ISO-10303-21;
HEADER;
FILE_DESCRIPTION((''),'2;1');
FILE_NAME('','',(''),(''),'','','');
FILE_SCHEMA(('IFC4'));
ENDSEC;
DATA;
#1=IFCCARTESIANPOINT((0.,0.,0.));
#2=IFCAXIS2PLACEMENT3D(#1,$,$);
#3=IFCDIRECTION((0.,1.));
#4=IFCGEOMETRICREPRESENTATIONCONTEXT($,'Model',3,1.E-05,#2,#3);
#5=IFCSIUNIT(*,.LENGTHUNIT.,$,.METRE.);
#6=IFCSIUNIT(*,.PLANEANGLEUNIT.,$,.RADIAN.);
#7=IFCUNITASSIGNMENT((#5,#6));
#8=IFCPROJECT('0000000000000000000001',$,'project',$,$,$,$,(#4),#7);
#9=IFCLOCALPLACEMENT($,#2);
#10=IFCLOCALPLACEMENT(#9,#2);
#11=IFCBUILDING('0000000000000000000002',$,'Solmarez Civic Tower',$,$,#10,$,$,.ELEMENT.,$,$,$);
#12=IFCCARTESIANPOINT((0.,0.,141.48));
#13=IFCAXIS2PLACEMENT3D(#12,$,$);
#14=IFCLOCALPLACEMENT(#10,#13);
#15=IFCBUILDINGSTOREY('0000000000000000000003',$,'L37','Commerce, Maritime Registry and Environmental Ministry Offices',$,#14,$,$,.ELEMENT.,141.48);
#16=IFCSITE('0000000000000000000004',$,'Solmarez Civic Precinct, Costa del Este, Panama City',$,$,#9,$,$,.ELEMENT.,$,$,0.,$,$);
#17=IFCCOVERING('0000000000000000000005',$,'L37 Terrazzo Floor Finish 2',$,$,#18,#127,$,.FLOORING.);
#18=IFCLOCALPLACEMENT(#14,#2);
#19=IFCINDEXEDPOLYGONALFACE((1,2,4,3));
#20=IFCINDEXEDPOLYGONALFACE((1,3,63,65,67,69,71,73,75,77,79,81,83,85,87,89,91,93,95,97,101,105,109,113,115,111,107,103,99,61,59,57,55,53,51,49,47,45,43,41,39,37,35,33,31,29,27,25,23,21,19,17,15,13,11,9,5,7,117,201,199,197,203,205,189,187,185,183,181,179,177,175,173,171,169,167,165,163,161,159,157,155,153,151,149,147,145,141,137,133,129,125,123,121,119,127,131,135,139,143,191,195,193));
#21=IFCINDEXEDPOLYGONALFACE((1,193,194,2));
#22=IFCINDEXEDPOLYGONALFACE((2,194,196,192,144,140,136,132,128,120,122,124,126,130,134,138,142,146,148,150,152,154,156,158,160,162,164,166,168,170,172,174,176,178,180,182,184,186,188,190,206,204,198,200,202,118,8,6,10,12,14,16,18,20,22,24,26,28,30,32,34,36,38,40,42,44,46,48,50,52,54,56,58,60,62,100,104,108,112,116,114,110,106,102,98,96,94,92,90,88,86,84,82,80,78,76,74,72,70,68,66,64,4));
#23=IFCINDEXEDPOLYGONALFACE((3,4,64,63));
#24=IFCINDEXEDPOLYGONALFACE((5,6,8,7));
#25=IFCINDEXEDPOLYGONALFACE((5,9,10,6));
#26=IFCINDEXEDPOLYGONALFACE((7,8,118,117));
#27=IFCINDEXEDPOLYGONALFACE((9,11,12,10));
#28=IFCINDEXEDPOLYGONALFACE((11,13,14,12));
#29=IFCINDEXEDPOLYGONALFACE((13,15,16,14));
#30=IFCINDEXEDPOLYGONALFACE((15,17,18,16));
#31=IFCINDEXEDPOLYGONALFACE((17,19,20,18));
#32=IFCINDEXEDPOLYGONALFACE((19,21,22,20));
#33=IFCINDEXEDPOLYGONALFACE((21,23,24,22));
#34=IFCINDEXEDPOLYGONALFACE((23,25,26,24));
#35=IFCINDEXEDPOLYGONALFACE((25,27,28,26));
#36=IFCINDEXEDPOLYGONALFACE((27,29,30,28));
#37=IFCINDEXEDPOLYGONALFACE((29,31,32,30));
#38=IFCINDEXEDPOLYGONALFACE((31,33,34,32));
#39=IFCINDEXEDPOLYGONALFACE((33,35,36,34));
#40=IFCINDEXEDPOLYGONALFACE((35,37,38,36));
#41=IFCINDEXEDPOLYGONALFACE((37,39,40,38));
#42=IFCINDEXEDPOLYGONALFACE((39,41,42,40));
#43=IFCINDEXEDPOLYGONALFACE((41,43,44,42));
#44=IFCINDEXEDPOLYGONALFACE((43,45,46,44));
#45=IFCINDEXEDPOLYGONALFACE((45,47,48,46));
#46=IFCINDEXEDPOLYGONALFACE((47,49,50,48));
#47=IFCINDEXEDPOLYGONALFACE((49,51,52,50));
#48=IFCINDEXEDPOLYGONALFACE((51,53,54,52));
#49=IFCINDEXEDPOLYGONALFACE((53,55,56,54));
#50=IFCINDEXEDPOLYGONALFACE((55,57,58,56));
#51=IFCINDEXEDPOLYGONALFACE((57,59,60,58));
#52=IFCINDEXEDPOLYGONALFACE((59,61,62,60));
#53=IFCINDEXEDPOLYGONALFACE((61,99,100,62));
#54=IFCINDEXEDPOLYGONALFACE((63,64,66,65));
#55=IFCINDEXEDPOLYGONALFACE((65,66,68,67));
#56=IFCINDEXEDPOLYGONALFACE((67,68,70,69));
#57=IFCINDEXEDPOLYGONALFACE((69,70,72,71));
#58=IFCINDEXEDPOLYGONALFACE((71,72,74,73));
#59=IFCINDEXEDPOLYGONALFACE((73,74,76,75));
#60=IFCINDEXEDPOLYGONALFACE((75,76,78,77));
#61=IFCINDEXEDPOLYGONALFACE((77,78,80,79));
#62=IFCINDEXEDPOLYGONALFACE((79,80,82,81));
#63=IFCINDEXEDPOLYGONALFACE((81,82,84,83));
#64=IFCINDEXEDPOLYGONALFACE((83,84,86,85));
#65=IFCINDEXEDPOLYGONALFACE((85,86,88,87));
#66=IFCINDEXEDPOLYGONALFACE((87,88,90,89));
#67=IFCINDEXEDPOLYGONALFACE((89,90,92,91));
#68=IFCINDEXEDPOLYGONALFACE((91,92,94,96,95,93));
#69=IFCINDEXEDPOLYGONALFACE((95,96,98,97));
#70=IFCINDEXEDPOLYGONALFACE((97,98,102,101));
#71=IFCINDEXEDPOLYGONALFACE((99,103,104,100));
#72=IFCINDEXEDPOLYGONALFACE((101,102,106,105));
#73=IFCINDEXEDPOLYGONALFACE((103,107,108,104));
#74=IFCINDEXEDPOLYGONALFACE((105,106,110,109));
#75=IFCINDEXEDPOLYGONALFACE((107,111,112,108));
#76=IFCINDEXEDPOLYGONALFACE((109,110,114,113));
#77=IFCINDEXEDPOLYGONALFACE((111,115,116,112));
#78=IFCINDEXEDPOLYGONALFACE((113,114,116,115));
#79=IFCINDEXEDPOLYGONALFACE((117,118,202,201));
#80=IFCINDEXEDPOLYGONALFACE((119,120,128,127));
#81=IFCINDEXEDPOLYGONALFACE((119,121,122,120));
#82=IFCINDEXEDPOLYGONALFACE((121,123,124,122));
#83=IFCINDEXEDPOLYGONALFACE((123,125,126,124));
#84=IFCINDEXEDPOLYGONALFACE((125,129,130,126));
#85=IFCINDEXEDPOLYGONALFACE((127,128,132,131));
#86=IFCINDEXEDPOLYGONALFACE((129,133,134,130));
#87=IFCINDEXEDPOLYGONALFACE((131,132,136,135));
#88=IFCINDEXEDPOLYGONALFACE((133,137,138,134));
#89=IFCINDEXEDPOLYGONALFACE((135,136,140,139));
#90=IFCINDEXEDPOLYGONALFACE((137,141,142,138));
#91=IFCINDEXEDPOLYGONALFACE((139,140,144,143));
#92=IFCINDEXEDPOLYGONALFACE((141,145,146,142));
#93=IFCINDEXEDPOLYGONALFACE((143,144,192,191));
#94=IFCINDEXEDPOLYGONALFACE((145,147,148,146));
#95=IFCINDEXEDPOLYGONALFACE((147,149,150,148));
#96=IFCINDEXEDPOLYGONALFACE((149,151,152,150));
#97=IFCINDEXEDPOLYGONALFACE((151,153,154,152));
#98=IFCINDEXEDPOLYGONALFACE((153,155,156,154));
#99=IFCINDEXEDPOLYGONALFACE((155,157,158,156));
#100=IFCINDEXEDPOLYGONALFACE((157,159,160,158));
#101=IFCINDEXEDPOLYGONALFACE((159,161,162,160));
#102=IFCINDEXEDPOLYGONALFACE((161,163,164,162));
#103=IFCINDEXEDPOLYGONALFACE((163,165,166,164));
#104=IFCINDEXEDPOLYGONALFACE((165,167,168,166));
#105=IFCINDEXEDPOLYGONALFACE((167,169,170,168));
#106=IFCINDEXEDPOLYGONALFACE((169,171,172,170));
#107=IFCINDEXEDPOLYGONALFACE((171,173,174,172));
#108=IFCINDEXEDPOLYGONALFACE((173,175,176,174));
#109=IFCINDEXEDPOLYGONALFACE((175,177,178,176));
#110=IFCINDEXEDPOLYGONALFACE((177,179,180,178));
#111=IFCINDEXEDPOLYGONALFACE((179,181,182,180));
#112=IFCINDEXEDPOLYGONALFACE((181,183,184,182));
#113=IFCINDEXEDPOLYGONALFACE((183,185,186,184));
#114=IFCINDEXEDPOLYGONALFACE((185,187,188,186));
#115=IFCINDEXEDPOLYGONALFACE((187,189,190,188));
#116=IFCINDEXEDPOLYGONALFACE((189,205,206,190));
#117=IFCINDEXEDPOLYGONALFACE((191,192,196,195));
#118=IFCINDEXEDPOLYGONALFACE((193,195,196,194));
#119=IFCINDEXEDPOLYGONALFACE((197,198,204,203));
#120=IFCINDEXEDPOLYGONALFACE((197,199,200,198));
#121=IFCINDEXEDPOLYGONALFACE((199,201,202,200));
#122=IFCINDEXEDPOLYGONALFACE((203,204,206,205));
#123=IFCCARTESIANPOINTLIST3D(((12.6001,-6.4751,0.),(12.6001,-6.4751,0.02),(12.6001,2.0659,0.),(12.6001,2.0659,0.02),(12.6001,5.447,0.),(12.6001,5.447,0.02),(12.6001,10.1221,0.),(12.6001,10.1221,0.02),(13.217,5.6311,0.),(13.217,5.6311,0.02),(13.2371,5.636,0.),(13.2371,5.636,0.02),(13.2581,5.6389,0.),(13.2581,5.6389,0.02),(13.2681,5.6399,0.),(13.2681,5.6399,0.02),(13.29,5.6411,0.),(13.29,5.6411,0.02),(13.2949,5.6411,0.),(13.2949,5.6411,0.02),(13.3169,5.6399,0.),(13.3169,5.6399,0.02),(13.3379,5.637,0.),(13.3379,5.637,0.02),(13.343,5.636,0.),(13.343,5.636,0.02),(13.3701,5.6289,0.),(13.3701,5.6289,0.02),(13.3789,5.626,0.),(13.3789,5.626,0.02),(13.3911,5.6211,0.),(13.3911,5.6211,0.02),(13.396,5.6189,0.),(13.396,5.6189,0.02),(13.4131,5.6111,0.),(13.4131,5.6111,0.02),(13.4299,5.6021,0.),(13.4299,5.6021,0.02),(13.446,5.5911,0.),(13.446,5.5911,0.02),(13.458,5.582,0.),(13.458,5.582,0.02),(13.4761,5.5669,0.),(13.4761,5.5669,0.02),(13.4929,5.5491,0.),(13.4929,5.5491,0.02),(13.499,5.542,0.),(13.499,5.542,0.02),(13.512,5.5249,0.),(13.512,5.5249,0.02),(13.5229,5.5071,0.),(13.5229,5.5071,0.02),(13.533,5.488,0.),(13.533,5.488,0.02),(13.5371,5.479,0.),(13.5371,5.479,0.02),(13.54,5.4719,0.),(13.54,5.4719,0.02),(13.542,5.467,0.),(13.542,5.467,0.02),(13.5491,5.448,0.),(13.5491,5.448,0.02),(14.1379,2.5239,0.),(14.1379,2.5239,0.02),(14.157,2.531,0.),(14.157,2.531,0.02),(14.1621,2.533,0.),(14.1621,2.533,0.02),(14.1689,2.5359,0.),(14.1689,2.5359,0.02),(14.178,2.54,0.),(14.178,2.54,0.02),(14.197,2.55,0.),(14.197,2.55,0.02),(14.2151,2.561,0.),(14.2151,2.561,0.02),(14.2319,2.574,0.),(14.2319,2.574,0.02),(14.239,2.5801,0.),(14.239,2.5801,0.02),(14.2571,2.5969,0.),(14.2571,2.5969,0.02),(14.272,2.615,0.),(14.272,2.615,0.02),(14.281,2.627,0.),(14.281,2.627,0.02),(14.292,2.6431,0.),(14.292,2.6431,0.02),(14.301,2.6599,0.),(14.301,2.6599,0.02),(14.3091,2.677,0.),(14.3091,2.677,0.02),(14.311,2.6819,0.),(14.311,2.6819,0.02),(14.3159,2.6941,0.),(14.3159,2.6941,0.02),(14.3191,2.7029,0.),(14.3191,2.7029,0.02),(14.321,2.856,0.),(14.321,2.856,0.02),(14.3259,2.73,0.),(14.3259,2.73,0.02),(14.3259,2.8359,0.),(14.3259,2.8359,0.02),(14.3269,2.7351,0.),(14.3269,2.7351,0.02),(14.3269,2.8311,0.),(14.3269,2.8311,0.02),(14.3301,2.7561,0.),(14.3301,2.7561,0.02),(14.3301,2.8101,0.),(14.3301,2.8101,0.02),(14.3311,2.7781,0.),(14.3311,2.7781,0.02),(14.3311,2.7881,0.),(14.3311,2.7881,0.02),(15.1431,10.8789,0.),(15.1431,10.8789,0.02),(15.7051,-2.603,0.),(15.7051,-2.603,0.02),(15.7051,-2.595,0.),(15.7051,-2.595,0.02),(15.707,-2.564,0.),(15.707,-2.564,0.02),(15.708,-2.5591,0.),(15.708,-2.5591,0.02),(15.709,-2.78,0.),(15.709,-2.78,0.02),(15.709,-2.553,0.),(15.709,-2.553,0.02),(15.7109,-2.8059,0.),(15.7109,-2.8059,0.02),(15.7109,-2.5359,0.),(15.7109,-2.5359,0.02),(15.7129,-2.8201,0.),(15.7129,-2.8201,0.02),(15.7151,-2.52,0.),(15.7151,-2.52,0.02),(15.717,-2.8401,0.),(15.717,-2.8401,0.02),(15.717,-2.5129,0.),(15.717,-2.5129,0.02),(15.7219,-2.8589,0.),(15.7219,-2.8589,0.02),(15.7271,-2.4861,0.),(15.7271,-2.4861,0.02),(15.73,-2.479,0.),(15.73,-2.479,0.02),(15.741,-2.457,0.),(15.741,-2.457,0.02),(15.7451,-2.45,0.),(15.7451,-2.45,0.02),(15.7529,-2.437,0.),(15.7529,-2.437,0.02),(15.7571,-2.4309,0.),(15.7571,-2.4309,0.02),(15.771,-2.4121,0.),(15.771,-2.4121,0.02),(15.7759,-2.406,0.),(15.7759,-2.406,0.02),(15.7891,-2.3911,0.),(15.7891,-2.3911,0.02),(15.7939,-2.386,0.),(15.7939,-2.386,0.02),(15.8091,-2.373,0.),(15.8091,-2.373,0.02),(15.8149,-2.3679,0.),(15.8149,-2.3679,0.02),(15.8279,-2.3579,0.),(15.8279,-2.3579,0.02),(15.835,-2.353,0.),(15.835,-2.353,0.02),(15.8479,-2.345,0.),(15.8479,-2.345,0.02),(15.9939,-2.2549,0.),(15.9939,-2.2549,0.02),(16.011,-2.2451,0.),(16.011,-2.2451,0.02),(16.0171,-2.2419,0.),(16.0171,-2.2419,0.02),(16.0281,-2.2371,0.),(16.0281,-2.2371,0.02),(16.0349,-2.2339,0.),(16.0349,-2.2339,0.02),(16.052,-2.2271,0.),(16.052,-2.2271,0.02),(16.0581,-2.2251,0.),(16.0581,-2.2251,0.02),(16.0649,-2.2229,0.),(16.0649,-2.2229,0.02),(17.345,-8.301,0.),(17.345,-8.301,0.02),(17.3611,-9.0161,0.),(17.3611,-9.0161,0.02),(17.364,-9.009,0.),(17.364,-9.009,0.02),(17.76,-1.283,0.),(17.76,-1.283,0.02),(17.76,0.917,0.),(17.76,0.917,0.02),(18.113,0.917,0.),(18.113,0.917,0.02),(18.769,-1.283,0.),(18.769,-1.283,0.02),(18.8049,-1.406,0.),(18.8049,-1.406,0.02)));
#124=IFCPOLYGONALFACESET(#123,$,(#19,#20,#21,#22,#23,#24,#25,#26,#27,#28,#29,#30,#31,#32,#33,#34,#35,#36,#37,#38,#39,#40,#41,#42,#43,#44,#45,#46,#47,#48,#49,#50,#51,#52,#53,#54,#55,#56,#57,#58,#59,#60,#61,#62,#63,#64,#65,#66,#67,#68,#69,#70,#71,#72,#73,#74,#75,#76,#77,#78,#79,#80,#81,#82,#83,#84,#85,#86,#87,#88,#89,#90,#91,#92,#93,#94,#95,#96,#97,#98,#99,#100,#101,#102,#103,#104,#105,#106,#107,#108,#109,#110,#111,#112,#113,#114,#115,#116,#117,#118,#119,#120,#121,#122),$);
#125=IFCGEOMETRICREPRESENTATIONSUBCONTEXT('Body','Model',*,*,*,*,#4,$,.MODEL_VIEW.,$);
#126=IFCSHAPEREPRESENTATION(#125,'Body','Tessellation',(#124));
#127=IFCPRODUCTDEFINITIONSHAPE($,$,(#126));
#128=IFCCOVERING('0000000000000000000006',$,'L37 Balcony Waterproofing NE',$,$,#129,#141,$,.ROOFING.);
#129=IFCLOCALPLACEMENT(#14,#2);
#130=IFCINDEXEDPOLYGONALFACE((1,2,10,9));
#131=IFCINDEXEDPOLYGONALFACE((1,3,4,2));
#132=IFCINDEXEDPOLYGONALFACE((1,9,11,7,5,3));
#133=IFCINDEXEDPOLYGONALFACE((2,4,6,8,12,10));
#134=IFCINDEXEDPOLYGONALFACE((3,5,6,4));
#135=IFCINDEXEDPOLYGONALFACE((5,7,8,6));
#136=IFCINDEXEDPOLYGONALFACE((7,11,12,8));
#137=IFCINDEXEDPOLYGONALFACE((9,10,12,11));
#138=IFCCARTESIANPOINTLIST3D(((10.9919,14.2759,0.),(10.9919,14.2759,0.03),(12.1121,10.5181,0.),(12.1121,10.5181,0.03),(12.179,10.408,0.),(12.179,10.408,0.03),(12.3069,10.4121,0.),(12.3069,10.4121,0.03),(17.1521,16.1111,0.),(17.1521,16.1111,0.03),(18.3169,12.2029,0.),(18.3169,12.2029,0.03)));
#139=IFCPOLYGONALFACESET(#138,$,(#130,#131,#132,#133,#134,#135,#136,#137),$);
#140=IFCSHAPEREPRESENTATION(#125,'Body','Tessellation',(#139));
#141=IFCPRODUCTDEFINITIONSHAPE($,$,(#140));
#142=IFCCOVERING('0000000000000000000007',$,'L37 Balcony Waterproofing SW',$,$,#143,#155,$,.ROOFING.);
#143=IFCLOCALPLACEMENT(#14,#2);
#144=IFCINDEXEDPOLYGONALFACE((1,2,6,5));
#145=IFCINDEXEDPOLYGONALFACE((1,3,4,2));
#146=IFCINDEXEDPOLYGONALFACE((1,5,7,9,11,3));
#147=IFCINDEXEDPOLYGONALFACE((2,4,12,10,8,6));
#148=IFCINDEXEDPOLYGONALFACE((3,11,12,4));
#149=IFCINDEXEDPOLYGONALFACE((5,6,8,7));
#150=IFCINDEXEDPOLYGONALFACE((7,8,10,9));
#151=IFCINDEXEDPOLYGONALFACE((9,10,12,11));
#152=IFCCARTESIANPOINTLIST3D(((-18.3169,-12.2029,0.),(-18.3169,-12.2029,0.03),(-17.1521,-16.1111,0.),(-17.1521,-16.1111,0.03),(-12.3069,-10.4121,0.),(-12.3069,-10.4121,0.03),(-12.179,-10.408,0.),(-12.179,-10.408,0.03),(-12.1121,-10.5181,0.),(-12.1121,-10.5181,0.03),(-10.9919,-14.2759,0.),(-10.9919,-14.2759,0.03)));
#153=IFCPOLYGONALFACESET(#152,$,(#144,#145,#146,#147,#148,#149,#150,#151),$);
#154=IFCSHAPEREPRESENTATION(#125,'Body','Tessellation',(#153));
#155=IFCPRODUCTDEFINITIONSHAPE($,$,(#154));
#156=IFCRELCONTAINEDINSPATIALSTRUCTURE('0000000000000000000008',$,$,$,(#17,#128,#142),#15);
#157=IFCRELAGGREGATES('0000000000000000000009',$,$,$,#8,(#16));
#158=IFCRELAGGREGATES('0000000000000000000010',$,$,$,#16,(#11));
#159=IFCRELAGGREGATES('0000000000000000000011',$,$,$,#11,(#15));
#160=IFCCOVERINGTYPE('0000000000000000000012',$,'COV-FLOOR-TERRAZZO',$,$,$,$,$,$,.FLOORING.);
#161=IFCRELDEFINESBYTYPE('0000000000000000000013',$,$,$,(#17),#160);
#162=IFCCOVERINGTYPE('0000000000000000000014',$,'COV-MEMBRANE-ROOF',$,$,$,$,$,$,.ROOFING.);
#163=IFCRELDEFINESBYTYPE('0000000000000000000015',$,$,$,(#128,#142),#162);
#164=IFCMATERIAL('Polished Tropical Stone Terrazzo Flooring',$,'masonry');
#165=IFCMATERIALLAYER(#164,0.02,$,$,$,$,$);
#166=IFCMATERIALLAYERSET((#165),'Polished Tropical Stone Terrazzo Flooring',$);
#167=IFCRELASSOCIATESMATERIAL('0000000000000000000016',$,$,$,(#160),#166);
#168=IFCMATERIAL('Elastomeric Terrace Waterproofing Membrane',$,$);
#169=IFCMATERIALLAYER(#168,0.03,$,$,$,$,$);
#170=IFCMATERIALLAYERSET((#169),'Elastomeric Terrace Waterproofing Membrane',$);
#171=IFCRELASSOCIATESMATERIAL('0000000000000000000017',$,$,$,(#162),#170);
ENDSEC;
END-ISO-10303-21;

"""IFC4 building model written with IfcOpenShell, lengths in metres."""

from ifc_helpers import new_model, si_unit, direction, frame, origin, place, context, subcontext, project, spatial, polyline, outline, extrude, material, layer, layer_set, type_object, element, save


model = new_model("IFC4")

# Units and contexts
model_context = context("Model", 3, precision=1e-05, world=origin(), true_north=direction((0.0, 1.0)))
body_context = subcontext(model_context, "Body", "Model", "MODEL_VIEW")
ifc_project = project(units=[si_unit("LENGTHUNIT", "METRE"), si_unit("PLANEANGLEUNIT", "RADIAN")], contexts=[model_context])

# Site, building, storey
site_placement = place(None, origin())
site = spatial("IfcSite", under=ifc_project, at=site_placement, Name="Solmarez Civic Precinct, Costa del Este, Panama City", CompositionType="ELEMENT", RefElevation=0.0)
building_placement = place(site_placement, origin())
building = spatial("IfcBuilding", under=site, at=building_placement, Name="Solmarez Civic Tower", CompositionType="ELEMENT")
storey_placement = place(building_placement, frame((0.0, 0.0, 141.48)))
storey = spatial("IfcBuildingStorey", under=building, at=storey_placement, Name="L37", Description="Commerce, Maritime Registry and Environmental Ministry Offices", CompositionType="ELEMENT", Elevation=141.48)

# Coverings
ifc_material_1 = material(Name="Polished Tropical Stone Terrazzo Flooring", Category="masonry")
ifc_layer_1 = layer(ifc_material_1, 0.02)
ifc_layer_set_1 = layer_set([ifc_layer_1], Name="Polished Tropical Stone Terrazzo Flooring")
covering_type_1 = type_object("IfcCoveringType", Name="COV-FLOOR-TERRAZZO", PredefinedType="FLOORING", material=ifc_layer_set_1)
covering_1_placement = place(storey_placement, origin())
element("IfcCovering", 1, at=covering_1_placement, inside=storey, type_object=covering_type_1, Name="L37 Terrazzo Floor Finish 2", PredefinedType="FLOORING", context=body_context, shape_type="SweptSolid", body=[
    extrude(outline(polyline([(12.6001, 10.1221), (12.6001, 5.447), (13.217, 5.6311), (13.2371, 5.636), (13.2581, 5.6389), (13.2681, 5.6399), (13.29, 5.6411), (13.2949, 5.6411), (13.3169, 5.6399), (13.3379, 5.637), (13.343, 5.636), (13.3701, 5.6289), (13.3789, 5.626), (13.3911, 5.6211), (13.396, 5.6189), (13.4131, 5.6111), (13.4299, 5.6021), (13.446, 5.5911), (13.458, 5.582), (13.4761, 5.5669), (13.4929, 5.5491), (13.499, 5.542), (13.512, 5.5249), (13.5229, 5.5071), (13.533, 5.488), (13.5371, 5.479), (13.54, 5.4719), (13.542, 5.467), (13.5491, 5.448), (14.321, 2.856), (14.3259, 2.8359), (14.3269, 2.8311), (14.3301, 2.8101), (14.3311, 2.7881), (14.3311, 2.7781), (14.3301, 2.7561), (14.3269, 2.7351), (14.3259, 2.73), (14.3191, 2.7029), (14.3159, 2.6941), (14.311, 2.6819), (14.3091, 2.677), (14.301, 2.6599), (14.292, 2.6431), (14.281, 2.627), (14.272, 2.615), (14.2571, 2.5969), (14.239, 2.5801), (14.2319, 2.574), (14.2151, 2.561), (14.197, 2.55), (14.178, 2.54), (14.1689, 2.5359), (14.1621, 2.533), (14.157, 2.531), (14.1379, 2.5239), (12.6001, 2.0659), (12.6001, -6.4751), (17.3611, -9.0161), (17.364, -9.009), (17.345, -8.301), (15.7219, -2.8589), (15.717, -2.8401), (15.7129, -2.8201), (15.7109, -2.8059), (15.709, -2.78), (15.7051, -2.603), (15.7051, -2.595), (15.707, -2.564), (15.708, -2.5591), (15.709, -2.553), (15.7109, -2.5359), (15.7151, -2.52), (15.717, -2.5129), (15.7271, -2.4861), (15.73, -2.479), (15.741, -2.457), (15.7451, -2.45), (15.7529, -2.437), (15.7571, -2.4309), (15.771, -2.4121), (15.7759, -2.406), (15.7891, -2.3911), (15.7939, -2.386), (15.8091, -2.373), (15.8149, -2.3679), (15.8279, -2.3579), (15.835, -2.353), (15.8479, -2.345), (15.9939, -2.2549), (16.011, -2.2451), (16.0171, -2.2419), (16.0281, -2.2371), (16.0349, -2.2339), (16.052, -2.2271), (16.0581, -2.2251), (16.0649, -2.2229), (18.8049, -1.406), (18.769, -1.283), (17.76, -1.283), (17.76, 0.917), (18.113, 0.917), (15.1431, 10.8789), (12.6001, 10.1221)])), origin(), (0.0, 0.0, 1.0), 0.02),
])
ifc_material_2 = material(Name="Elastomeric Terrace Waterproofing Membrane")
ifc_layer_2 = layer(ifc_material_2, 0.03)
ifc_layer_set_2 = layer_set([ifc_layer_2], Name="Elastomeric Terrace Waterproofing Membrane")
covering_type_2 = type_object("IfcCoveringType", Name="COV-MEMBRANE-ROOF", PredefinedType="ROOFING", material=ifc_layer_set_2)
covering_2_placement = place(storey_placement, origin())
element("IfcCovering", 2, at=covering_2_placement, inside=storey, type_object=covering_type_2, Name="L37 Balcony Waterproofing NE", PredefinedType="ROOFING", context=body_context, shape_type="SweptSolid", body=[
    extrude(outline(polyline([(12.1121, 10.5181), (12.179, 10.408), (12.3069, 10.4121), (18.3169, 12.2029), (17.1521, 16.1111), (10.9919, 14.2759), (12.1121, 10.5181)])), origin(), (0.0, 0.0, 1.0), 0.03),
])
covering_3_placement = place(storey_placement, origin())
element("IfcCovering", 3, at=covering_3_placement, inside=storey, type_object=covering_type_2, Name="L37 Balcony Waterproofing SW", PredefinedType="ROOFING", context=body_context, shape_type="SweptSolid", body=[
    extrude(outline(polyline([(-12.1121, -10.5181), (-12.179, -10.408), (-12.3069, -10.4121), (-18.3169, -12.2029), (-17.1521, -16.1111), (-10.9919, -14.2759), (-12.1121, -10.5181)])), origin(), (0.0, 0.0, 1.0), 0.03),
])

save(model, "model.ifc")
